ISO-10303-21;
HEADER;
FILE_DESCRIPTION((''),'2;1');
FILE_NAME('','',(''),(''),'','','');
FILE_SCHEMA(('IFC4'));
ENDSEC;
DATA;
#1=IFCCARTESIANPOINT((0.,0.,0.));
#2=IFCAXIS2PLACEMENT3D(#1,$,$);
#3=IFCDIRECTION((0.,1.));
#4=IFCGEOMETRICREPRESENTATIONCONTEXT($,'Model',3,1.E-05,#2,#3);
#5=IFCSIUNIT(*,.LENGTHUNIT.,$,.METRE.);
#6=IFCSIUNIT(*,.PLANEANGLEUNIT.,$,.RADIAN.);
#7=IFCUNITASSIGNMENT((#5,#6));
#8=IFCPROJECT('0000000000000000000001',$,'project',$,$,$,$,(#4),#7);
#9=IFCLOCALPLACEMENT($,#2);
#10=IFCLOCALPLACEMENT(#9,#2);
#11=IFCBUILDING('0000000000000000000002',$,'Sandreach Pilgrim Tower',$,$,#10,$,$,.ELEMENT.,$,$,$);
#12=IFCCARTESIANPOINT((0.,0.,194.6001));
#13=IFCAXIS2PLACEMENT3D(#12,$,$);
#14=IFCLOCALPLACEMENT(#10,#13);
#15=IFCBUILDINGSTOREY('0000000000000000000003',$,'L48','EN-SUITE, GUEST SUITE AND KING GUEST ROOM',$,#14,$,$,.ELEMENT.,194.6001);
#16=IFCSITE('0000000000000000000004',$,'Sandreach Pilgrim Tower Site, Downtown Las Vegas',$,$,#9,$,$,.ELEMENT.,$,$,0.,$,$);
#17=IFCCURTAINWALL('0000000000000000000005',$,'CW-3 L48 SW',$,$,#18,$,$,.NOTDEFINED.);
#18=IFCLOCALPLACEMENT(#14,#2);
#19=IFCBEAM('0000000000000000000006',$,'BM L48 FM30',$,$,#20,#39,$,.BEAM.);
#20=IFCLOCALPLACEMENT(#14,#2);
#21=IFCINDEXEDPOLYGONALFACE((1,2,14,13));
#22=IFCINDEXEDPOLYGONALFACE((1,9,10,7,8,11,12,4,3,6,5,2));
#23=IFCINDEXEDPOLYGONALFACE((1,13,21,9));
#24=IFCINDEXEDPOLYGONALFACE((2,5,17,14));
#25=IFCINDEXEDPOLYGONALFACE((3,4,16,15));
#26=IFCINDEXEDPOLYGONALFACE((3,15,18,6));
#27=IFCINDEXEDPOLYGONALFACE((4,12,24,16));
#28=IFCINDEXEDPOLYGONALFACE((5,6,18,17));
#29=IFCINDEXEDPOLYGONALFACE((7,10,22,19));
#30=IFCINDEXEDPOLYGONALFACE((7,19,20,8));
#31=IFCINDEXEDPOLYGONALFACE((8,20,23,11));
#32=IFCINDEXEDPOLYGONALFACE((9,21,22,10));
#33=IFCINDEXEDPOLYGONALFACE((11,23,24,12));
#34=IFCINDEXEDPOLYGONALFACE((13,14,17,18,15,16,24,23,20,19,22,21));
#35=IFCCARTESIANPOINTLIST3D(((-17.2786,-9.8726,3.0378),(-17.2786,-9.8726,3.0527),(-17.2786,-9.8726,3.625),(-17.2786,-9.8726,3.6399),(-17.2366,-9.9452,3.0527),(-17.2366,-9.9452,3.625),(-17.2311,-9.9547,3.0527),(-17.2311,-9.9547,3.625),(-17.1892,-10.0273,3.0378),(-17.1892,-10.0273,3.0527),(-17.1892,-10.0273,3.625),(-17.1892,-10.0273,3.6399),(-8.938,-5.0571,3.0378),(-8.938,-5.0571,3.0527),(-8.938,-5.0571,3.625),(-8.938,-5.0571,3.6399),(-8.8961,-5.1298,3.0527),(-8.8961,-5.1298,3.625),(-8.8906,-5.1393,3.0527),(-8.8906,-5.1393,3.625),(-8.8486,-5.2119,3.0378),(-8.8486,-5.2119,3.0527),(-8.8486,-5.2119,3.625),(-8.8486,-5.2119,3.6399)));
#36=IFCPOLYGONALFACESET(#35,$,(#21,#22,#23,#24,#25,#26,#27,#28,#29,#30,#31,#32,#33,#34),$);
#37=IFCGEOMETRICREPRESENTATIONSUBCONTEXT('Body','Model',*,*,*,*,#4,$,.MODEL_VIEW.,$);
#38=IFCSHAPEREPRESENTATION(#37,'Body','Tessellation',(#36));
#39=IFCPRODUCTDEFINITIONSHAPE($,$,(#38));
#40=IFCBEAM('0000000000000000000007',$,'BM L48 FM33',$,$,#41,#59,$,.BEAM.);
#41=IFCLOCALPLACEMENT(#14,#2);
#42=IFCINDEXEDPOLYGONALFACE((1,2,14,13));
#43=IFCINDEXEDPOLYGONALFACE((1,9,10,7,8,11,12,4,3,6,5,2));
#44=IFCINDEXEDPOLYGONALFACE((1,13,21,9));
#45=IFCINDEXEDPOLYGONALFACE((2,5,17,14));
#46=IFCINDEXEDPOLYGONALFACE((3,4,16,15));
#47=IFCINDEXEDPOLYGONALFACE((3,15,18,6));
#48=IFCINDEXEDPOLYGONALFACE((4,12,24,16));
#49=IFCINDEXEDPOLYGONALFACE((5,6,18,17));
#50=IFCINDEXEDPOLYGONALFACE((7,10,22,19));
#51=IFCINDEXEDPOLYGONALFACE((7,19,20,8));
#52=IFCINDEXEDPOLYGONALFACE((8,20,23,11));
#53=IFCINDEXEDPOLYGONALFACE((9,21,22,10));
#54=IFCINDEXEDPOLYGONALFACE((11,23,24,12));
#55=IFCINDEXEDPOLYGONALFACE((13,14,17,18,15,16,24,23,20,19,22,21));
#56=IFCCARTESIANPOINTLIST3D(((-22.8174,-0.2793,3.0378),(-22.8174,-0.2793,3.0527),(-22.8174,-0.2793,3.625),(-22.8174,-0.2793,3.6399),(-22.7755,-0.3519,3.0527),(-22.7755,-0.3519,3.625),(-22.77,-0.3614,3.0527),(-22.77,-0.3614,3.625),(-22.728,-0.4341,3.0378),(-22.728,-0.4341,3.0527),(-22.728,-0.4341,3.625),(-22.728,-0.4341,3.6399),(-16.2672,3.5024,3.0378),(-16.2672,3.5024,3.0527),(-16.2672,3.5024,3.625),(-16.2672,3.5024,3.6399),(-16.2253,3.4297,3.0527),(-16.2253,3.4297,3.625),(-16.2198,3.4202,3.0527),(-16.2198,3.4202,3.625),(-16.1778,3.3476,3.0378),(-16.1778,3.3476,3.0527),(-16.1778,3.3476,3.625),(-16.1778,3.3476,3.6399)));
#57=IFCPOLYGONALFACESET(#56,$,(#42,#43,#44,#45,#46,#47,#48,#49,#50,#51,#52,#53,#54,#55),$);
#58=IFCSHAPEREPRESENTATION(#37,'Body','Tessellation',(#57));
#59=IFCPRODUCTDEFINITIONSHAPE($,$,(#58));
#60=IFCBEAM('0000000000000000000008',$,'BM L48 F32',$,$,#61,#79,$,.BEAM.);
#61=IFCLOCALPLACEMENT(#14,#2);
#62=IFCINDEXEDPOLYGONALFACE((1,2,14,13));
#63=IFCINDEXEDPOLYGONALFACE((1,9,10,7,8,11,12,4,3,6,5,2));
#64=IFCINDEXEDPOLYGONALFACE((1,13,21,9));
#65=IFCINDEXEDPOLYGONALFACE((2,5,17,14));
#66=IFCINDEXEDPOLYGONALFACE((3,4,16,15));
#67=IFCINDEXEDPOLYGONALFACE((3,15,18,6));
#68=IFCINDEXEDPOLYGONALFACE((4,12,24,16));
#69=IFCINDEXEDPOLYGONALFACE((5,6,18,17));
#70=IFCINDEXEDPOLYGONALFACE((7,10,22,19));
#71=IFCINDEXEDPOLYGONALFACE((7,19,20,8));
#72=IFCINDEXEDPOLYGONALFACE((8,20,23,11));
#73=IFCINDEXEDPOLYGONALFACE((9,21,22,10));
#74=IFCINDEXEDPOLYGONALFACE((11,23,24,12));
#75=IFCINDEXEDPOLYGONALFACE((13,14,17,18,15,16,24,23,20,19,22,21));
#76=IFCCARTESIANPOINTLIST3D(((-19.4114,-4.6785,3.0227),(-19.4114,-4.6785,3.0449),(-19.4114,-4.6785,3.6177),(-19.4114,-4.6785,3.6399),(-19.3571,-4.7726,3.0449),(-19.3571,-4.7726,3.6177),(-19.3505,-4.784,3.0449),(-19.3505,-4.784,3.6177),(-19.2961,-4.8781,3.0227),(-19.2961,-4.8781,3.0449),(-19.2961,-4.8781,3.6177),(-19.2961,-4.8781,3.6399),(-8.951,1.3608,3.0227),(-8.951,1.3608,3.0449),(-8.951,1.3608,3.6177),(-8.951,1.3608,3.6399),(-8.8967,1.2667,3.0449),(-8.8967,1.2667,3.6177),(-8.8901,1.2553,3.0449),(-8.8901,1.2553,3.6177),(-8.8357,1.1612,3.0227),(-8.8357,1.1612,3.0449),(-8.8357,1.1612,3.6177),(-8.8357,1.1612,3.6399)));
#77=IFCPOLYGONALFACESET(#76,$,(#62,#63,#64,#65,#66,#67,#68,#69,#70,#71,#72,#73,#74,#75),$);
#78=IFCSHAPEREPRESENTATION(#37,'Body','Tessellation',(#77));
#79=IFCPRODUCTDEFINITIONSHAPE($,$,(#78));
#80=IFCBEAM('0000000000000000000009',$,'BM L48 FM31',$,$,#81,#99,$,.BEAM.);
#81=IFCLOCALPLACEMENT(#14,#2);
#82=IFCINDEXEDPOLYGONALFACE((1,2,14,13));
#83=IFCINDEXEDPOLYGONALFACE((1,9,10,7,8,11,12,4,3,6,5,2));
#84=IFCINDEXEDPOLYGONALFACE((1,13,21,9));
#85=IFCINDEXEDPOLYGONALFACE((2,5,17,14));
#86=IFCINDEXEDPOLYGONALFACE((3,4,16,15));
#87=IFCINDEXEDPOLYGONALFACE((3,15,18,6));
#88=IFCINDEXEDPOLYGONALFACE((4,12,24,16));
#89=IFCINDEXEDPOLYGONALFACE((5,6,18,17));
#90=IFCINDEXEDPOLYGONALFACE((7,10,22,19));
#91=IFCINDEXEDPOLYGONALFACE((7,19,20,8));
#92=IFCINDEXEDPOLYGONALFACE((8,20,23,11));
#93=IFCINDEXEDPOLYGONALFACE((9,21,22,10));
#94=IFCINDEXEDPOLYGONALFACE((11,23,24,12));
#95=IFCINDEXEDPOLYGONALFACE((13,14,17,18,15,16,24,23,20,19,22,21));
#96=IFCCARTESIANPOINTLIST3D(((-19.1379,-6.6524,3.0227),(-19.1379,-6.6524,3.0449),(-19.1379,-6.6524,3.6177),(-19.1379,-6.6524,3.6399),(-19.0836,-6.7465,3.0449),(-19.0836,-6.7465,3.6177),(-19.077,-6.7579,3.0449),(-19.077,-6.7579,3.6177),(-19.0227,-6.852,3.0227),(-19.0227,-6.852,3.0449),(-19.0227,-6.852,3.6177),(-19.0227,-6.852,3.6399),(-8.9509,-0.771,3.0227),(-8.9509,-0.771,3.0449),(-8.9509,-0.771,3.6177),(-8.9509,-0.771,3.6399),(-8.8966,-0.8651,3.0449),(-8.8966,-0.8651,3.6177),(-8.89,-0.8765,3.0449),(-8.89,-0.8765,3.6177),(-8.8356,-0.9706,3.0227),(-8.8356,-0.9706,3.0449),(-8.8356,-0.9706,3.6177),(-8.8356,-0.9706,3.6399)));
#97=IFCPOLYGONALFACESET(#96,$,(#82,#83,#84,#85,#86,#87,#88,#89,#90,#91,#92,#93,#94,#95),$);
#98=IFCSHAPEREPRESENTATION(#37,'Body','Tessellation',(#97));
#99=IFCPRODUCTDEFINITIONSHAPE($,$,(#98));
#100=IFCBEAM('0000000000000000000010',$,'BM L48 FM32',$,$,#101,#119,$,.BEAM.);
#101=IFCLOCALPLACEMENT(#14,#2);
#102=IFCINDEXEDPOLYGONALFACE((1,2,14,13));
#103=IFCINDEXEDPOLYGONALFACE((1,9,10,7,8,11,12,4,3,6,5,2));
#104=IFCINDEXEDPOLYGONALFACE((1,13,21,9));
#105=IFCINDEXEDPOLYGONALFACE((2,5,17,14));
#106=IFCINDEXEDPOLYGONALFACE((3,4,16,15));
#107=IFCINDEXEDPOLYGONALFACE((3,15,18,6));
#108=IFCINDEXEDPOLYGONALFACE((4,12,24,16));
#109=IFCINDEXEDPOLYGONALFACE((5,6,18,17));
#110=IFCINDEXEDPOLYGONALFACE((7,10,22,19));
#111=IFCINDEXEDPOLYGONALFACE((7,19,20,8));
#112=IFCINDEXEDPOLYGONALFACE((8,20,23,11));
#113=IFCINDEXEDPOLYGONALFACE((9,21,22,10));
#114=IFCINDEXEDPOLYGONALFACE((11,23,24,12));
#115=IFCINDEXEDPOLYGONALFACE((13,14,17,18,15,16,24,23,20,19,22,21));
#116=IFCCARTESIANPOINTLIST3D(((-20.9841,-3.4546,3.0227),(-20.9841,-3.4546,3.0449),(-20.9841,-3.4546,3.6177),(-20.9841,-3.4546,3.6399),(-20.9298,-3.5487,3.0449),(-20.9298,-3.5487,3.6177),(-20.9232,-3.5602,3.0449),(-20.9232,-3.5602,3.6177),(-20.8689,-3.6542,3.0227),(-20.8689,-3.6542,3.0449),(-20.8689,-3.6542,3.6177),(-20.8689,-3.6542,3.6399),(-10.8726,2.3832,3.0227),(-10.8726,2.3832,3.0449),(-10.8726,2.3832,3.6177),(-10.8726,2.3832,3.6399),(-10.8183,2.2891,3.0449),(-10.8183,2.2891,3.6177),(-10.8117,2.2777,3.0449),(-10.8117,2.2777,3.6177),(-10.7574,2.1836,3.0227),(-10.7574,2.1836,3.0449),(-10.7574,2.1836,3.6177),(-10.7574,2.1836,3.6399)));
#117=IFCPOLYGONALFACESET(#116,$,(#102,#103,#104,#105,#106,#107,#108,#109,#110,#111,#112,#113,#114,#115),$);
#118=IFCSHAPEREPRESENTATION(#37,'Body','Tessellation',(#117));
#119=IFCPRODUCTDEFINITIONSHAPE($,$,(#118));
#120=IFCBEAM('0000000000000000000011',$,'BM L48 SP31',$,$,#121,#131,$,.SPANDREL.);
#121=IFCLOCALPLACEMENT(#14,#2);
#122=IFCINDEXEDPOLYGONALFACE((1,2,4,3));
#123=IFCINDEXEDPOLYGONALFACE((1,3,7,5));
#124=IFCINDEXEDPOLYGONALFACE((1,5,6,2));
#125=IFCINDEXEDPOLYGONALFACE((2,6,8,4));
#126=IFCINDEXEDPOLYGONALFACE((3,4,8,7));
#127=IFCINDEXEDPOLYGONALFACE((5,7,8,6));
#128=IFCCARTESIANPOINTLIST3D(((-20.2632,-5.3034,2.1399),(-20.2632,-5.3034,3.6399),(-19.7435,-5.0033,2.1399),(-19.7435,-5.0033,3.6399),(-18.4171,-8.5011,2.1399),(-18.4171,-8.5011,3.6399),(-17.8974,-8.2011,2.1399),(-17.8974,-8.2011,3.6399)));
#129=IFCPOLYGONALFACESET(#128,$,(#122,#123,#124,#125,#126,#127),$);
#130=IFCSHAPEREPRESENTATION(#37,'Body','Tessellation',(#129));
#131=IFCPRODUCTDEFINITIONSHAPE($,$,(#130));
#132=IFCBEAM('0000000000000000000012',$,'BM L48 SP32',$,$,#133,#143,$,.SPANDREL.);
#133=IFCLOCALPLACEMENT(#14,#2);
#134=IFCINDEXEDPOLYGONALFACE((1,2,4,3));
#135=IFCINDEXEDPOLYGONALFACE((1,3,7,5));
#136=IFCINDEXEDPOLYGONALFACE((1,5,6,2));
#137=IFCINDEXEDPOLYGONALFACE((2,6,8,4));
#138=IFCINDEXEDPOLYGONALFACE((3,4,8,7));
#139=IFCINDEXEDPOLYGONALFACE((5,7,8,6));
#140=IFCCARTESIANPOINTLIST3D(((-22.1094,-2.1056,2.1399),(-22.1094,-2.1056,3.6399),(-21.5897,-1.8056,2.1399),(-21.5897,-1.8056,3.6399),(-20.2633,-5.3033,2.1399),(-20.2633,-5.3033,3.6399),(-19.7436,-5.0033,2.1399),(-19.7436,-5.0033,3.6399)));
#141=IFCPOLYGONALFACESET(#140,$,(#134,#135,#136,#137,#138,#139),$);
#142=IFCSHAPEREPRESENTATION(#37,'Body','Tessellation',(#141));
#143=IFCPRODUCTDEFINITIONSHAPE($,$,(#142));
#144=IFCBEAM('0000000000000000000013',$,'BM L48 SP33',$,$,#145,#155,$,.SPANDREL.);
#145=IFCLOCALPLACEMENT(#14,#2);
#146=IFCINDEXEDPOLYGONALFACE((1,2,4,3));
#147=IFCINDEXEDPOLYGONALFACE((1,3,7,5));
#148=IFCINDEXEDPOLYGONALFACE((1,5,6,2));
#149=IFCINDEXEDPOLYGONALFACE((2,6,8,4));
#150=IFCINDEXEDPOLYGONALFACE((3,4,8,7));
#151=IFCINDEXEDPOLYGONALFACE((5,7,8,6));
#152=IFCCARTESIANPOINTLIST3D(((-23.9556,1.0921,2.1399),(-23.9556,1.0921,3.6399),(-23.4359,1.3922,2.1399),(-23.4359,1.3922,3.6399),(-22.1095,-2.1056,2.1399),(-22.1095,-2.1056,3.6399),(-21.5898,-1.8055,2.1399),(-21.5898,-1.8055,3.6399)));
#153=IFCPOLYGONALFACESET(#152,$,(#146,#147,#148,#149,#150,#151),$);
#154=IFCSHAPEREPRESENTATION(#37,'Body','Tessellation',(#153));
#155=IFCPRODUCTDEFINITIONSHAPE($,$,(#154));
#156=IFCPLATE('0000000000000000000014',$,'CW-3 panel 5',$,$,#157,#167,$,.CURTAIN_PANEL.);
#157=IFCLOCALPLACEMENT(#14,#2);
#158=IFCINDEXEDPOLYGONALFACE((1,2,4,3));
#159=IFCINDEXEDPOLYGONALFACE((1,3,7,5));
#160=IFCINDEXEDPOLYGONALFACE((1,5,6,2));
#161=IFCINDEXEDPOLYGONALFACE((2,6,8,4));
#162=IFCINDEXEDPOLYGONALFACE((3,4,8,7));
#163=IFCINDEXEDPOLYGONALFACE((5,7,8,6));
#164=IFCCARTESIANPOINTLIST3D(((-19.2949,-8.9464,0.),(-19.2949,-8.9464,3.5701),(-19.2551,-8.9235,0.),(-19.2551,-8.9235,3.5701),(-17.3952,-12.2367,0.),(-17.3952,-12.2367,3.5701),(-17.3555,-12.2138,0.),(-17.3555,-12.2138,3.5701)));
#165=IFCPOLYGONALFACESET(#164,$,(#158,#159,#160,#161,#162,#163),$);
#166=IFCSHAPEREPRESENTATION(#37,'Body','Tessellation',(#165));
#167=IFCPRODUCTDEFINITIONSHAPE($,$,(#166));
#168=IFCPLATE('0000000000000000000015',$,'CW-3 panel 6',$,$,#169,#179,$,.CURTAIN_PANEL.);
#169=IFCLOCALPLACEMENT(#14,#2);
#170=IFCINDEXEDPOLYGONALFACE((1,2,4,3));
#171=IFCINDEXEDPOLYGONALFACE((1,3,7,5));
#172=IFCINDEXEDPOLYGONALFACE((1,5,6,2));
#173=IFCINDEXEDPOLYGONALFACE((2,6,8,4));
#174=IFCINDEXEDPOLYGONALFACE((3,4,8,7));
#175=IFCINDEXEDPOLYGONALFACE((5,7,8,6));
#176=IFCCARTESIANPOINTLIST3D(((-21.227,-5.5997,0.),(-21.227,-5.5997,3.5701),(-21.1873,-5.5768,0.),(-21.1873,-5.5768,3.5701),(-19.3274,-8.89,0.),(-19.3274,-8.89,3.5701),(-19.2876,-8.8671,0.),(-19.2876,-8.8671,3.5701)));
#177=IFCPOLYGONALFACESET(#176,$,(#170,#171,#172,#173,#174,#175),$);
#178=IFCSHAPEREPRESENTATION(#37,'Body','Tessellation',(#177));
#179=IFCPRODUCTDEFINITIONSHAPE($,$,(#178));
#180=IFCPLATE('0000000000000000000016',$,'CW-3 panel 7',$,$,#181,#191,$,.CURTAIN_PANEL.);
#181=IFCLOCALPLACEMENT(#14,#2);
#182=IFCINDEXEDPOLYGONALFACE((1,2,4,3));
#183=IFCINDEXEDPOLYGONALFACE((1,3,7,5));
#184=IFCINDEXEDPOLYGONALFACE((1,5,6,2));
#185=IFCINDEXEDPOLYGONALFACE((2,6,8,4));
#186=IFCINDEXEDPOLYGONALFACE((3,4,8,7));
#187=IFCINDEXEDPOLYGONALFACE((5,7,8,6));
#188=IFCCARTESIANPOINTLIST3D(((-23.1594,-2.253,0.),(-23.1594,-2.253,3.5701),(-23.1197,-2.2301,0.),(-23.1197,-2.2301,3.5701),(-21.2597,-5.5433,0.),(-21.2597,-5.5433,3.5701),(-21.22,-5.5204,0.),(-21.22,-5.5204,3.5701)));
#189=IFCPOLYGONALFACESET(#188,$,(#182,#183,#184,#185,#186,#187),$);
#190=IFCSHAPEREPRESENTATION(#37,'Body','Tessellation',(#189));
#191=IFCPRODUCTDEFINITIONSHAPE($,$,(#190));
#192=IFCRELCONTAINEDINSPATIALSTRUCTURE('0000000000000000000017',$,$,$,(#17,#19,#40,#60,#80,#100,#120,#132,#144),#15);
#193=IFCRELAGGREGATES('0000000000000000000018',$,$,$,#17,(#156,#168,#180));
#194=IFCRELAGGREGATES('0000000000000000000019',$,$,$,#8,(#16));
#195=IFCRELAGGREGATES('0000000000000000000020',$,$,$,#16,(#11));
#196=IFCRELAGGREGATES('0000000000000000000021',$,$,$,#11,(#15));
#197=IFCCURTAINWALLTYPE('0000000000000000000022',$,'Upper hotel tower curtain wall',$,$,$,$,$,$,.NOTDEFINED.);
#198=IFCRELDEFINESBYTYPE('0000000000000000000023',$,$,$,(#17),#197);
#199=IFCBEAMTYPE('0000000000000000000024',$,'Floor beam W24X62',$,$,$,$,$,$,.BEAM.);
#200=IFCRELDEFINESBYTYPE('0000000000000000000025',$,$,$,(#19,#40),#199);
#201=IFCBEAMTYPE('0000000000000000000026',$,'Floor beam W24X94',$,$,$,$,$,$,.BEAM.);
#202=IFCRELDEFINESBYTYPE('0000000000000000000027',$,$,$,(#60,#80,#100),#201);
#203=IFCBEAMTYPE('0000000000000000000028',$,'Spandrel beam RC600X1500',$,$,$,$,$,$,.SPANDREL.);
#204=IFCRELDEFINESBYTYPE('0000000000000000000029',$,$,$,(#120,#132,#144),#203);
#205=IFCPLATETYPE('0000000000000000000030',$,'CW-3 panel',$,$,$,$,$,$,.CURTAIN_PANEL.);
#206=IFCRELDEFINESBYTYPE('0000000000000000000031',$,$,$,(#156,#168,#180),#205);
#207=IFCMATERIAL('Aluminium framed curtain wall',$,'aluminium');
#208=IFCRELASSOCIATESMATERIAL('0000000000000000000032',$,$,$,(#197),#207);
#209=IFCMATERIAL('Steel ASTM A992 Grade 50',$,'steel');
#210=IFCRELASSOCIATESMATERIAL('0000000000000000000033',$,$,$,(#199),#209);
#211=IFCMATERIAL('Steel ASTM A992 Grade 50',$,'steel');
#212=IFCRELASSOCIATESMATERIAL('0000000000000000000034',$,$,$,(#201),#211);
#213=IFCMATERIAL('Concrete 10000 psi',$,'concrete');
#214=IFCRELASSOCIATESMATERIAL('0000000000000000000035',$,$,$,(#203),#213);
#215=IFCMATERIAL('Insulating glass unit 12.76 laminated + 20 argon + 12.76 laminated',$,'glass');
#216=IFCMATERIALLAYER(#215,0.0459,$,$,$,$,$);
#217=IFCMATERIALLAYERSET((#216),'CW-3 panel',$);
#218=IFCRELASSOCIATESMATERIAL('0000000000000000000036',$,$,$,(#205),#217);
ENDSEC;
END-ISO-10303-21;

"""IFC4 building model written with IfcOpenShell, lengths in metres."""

from ifc_helpers import new_model, si_unit, direction, frame, origin, origin_2d, place, context, subcontext, project, spatial, rectangle, i_section, extrude, material, layer, layer_set, material_profile, profile_set, type_object, element, aggregate, save


model = new_model("IFC4")

# Units and contexts
model_context = context("Model", 3, precision=1e-05, world=origin(), true_north=direction((0.0, 1.0)))
body_context = subcontext(model_context, "Body", "Model", "MODEL_VIEW")
ifc_project = project(units=[si_unit("LENGTHUNIT", "METRE"), si_unit("PLANEANGLEUNIT", "RADIAN")], contexts=[model_context])

# Site, building, storey
site_placement = place(None, origin())
site = spatial("IfcSite", under=ifc_project, at=site_placement, Name="Sandreach Pilgrim Tower Site, Downtown Las Vegas", CompositionType="ELEMENT", RefElevation=0.0)
building_placement = place(site_placement, origin())
building = spatial("IfcBuilding", under=site, at=building_placement, Name="Sandreach Pilgrim Tower", CompositionType="ELEMENT")
storey_placement = place(building_placement, frame((0.0, 0.0, 194.6001)))
storey = spatial("IfcBuildingStorey", under=building, at=storey_placement, Name="L48", Description="EN-SUITE, GUEST SUITE AND KING GUEST ROOM", CompositionType="ELEMENT", Elevation=194.6001)

# Curtain wall
ifc_material_1 = material(Name="Aluminium framed curtain wall", Category="aluminium")
curtain_wall_type = type_object("IfcCurtainWallType", Name="Upper hotel tower curtain wall", PredefinedType="NOTDEFINED", material=ifc_material_1)
curtain_wall_placement = place(storey_placement, origin())
curtain_wall = element("IfcCurtainWall", 1, at=curtain_wall_placement, inside=storey, type_object=curtain_wall_type, Name="CW-3 L48 SW", PredefinedType="NOTDEFINED")

# Beams
ifc_material_2 = material(Name="Steel ASTM A992 Grade 50", Category="steel")
ifc_material_profile_1 = material_profile(ifc_material_2, i_section(OverallWidth=0.1787, OverallDepth=0.6021, WebThickness=0.011, FlangeThickness=0.0149, at=origin_2d()), Name="W24X62")
ifc_profile_set_1 = profile_set([ifc_material_profile_1], Name="Steel ASTM A992 Grade 50")
beam_type_1 = type_object("IfcBeamType", Name="Floor beam W24X62", PredefinedType="BEAM", material=ifc_profile_set_1)
beam_1_placement = place(storey_placement, frame((-17.2339, -9.95, 3.3389), z_axis=(0.866026, 0.5, 0.0), x_axis=(-0.5, 0.866026, 0.0)))
element("IfcBeam", 2, at=beam_1_placement, inside=storey, type_object=beam_type_1, Name="BM L48 FM30", PredefinedType="BEAM", context=body_context, shape_type="SweptSolid", body=[
    extrude(i_section(OverallWidth=0.1787, OverallDepth=0.6021, WebThickness=0.011, FlangeThickness=0.0149, at=origin_2d()), origin(), (0.0, 0.0, 1.0), 9.6309),
])
beam_2_placement = place(storey_placement, frame((-22.7727, -0.3567, 3.3389), z_axis=(0.86603, 0.499993, 0.0), x_axis=(-0.499993, 0.86603, 0.0)))
element("IfcBeam", 3, at=beam_2_placement, inside=storey, type_object=beam_type_1, Name="BM L48 FM33", PredefinedType="BEAM", context=body_context, shape_type="SweptSolid", body=[
    extrude(i_section(OverallWidth=0.1787, OverallDepth=0.6021, WebThickness=0.011, FlangeThickness=0.0149, at=origin_2d()), origin(), (0.0, 0.0, 1.0), 7.5635),
])
ifc_material_3 = material(Name="Steel ASTM A992 Grade 50", Category="steel")
ifc_material_profile_2 = material_profile(ifc_material_3, i_section(OverallWidth=0.2305, OverallDepth=0.6172, WebThickness=0.0132, FlangeThickness=0.0222, at=origin_2d()), Name="W24X94")
ifc_profile_set_2 = profile_set([ifc_material_profile_2], Name="Steel ASTM A992 Grade 50")
beam_type_2 = type_object("IfcBeamType", Name="Floor beam W24X94", PredefinedType="BEAM", material=ifc_profile_set_2)
beam_3_placement = place(storey_placement, frame((-19.3538, -4.7783, 3.3313), z_axis=(0.866027, 0.499998, 0.0), x_axis=(-0.499998, 0.866027, 0.0)))
element("IfcBeam", 4, at=beam_3_placement, inside=storey, type_object=beam_type_2, Name="BM L48 F32", PredefinedType="BEAM", context=body_context, shape_type="SweptSolid", body=[
    extrude(i_section(OverallWidth=0.2305, OverallDepth=0.6172, WebThickness=0.0132, FlangeThickness=0.0222, at=origin_2d()), origin(), (0.0, 0.0, 1.0), 12.0786),
])
beam_4_placement = place(storey_placement, frame((-19.0803, -6.7522, 3.3313), z_axis=(0.86603, 0.499992, 0.0), x_axis=(-0.499992, 0.86603, 0.0)))
element("IfcBeam", 5, at=beam_4_placement, inside=storey, type_object=beam_type_2, Name="BM L48 FM31", PredefinedType="BEAM", context=body_context, shape_type="SweptSolid", body=[
    extrude(i_section(OverallWidth=0.2305, OverallDepth=0.6172, WebThickness=0.0132, FlangeThickness=0.0222, at=origin_2d()), origin(), (0.0, 0.0, 1.0), 11.7629),
])
beam_5_placement = place(storey_placement, frame((-20.9265, -3.5544, 3.3313), z_axis=(0.866026, 0.499998, 0.0), x_axis=(-0.499998, 0.866026, 0.0)))
element("IfcBeam", 6, at=beam_5_placement, inside=storey, type_object=beam_type_2, Name="BM L48 FM32", PredefinedType="BEAM", context=body_context, shape_type="SweptSolid", body=[
    extrude(i_section(OverallWidth=0.2305, OverallDepth=0.6172, WebThickness=0.0132, FlangeThickness=0.0222, at=origin_2d()), origin(), (0.0, 0.0, 1.0), 11.6758),
])
ifc_material_4 = material(Name="Concrete 10000 psi", Category="concrete")
ifc_material_profile_3 = material_profile(ifc_material_4, rectangle(XDim=0.6001, YDim=1.5, at=origin_2d()), Name="RC600X1500")
ifc_profile_set_3 = profile_set([ifc_material_profile_3], Name="Concrete 10000 psi")
beam_type_3 = type_object("IfcBeamType", Name="Spandrel beam RC600X1500", PredefinedType="SPANDREL", material=ifc_profile_set_3)
for number, where, z_axis, x_axis, name in (
    (7, (-18.1572, -8.3511, 2.8899), (-0.499993, 0.866029, 0.0), (-0.866029, -0.499993, 0.0), "BM L48 SP31"),
    (8, (-20.0034, -5.1533, 2.8899), (-0.499993, 0.866029, 0.0), (-0.866029, -0.499993, 0.0), "BM L48 SP32"),
    (9, (-21.8496, -1.9556, 2.8899), (-0.499993, 0.866029, 0.0), (-0.866029, -0.499993, 0.0), "BM L48 SP33"),
):
    element("IfcBeam", number, at=place(storey_placement, frame(where, z_axis=z_axis, x_axis=x_axis)), inside=storey, type_object=beam_type_3, Name=name, PredefinedType="SPANDREL", context=body_context, shape_type="SweptSolid", body=[
        extrude(rectangle(XDim=0.6001, YDim=1.5, at=origin_2d()), origin(), (0.0, 0.0, 1.0), 3.6924),
    ])

# Plates
ifc_material_5 = material(Name="Insulating glass unit 12.76 laminated + 20 argon + 12.76 laminated", Category="glass")
ifc_layer_1 = layer(ifc_material_5, 0.0459)
ifc_layer_set_1 = layer_set([ifc_layer_1], Name="CW-3 panel")
plate_type = type_object("IfcPlateType", Name="CW-3 panel", PredefinedType="CURTAIN_PANEL", material=ifc_layer_set_1)
plate_1_placement = place(storey_placement, frame((-18.3252, -10.5801, 0.0), z_axis=(0.0, 0.0, 1.0), x_axis=(-0.5, 0.866025, 0.0)))
plate_1 = element("IfcPlate", 10, at=plate_1_placement, type_object=plate_type, Name="CW-3 panel 5", PredefinedType="CURTAIN_PANEL", context=body_context, shape_type="SweptSolid", body=[
    extrude(rectangle(XDim=3.7993, YDim=0.0459, at=origin_2d()), origin(), (0.0, 0.0, 1.0), 3.5701),
])
plate_2_placement = place(storey_placement, frame((-20.2573, -7.2334, 0.0), z_axis=(0.0, 0.0, 1.0), x_axis=(-0.5, 0.866025, 0.0)))
plate_2 = element("IfcPlate", 11, at=plate_2_placement, type_object=plate_type, Name="CW-3 panel 6", PredefinedType="CURTAIN_PANEL", context=body_context, shape_type="SweptSolid", body=[
    extrude(rectangle(XDim=3.7993, YDim=0.0459, at=origin_2d()), origin(), (0.0, 0.0, 1.0), 3.5701),
])
plate_3_placement = place(storey_placement, frame((-22.1897, -3.8867, 0.0), z_axis=(0.0, 0.0, 1.0), x_axis=(-0.5, 0.866025, 0.0)))
plate_3 = element("IfcPlate", 12, at=plate_3_placement, type_object=plate_type, Name="CW-3 panel 7", PredefinedType="CURTAIN_PANEL", context=body_context, shape_type="SweptSolid", body=[
    extrude(rectangle(XDim=3.7993, YDim=0.0459, at=origin_2d()), origin(), (0.0, 0.0, 1.0), 3.5701),
])
aggregate(curtain_wall, [plate_1, plate_2, plate_3])

save(model, "model.ifc")
